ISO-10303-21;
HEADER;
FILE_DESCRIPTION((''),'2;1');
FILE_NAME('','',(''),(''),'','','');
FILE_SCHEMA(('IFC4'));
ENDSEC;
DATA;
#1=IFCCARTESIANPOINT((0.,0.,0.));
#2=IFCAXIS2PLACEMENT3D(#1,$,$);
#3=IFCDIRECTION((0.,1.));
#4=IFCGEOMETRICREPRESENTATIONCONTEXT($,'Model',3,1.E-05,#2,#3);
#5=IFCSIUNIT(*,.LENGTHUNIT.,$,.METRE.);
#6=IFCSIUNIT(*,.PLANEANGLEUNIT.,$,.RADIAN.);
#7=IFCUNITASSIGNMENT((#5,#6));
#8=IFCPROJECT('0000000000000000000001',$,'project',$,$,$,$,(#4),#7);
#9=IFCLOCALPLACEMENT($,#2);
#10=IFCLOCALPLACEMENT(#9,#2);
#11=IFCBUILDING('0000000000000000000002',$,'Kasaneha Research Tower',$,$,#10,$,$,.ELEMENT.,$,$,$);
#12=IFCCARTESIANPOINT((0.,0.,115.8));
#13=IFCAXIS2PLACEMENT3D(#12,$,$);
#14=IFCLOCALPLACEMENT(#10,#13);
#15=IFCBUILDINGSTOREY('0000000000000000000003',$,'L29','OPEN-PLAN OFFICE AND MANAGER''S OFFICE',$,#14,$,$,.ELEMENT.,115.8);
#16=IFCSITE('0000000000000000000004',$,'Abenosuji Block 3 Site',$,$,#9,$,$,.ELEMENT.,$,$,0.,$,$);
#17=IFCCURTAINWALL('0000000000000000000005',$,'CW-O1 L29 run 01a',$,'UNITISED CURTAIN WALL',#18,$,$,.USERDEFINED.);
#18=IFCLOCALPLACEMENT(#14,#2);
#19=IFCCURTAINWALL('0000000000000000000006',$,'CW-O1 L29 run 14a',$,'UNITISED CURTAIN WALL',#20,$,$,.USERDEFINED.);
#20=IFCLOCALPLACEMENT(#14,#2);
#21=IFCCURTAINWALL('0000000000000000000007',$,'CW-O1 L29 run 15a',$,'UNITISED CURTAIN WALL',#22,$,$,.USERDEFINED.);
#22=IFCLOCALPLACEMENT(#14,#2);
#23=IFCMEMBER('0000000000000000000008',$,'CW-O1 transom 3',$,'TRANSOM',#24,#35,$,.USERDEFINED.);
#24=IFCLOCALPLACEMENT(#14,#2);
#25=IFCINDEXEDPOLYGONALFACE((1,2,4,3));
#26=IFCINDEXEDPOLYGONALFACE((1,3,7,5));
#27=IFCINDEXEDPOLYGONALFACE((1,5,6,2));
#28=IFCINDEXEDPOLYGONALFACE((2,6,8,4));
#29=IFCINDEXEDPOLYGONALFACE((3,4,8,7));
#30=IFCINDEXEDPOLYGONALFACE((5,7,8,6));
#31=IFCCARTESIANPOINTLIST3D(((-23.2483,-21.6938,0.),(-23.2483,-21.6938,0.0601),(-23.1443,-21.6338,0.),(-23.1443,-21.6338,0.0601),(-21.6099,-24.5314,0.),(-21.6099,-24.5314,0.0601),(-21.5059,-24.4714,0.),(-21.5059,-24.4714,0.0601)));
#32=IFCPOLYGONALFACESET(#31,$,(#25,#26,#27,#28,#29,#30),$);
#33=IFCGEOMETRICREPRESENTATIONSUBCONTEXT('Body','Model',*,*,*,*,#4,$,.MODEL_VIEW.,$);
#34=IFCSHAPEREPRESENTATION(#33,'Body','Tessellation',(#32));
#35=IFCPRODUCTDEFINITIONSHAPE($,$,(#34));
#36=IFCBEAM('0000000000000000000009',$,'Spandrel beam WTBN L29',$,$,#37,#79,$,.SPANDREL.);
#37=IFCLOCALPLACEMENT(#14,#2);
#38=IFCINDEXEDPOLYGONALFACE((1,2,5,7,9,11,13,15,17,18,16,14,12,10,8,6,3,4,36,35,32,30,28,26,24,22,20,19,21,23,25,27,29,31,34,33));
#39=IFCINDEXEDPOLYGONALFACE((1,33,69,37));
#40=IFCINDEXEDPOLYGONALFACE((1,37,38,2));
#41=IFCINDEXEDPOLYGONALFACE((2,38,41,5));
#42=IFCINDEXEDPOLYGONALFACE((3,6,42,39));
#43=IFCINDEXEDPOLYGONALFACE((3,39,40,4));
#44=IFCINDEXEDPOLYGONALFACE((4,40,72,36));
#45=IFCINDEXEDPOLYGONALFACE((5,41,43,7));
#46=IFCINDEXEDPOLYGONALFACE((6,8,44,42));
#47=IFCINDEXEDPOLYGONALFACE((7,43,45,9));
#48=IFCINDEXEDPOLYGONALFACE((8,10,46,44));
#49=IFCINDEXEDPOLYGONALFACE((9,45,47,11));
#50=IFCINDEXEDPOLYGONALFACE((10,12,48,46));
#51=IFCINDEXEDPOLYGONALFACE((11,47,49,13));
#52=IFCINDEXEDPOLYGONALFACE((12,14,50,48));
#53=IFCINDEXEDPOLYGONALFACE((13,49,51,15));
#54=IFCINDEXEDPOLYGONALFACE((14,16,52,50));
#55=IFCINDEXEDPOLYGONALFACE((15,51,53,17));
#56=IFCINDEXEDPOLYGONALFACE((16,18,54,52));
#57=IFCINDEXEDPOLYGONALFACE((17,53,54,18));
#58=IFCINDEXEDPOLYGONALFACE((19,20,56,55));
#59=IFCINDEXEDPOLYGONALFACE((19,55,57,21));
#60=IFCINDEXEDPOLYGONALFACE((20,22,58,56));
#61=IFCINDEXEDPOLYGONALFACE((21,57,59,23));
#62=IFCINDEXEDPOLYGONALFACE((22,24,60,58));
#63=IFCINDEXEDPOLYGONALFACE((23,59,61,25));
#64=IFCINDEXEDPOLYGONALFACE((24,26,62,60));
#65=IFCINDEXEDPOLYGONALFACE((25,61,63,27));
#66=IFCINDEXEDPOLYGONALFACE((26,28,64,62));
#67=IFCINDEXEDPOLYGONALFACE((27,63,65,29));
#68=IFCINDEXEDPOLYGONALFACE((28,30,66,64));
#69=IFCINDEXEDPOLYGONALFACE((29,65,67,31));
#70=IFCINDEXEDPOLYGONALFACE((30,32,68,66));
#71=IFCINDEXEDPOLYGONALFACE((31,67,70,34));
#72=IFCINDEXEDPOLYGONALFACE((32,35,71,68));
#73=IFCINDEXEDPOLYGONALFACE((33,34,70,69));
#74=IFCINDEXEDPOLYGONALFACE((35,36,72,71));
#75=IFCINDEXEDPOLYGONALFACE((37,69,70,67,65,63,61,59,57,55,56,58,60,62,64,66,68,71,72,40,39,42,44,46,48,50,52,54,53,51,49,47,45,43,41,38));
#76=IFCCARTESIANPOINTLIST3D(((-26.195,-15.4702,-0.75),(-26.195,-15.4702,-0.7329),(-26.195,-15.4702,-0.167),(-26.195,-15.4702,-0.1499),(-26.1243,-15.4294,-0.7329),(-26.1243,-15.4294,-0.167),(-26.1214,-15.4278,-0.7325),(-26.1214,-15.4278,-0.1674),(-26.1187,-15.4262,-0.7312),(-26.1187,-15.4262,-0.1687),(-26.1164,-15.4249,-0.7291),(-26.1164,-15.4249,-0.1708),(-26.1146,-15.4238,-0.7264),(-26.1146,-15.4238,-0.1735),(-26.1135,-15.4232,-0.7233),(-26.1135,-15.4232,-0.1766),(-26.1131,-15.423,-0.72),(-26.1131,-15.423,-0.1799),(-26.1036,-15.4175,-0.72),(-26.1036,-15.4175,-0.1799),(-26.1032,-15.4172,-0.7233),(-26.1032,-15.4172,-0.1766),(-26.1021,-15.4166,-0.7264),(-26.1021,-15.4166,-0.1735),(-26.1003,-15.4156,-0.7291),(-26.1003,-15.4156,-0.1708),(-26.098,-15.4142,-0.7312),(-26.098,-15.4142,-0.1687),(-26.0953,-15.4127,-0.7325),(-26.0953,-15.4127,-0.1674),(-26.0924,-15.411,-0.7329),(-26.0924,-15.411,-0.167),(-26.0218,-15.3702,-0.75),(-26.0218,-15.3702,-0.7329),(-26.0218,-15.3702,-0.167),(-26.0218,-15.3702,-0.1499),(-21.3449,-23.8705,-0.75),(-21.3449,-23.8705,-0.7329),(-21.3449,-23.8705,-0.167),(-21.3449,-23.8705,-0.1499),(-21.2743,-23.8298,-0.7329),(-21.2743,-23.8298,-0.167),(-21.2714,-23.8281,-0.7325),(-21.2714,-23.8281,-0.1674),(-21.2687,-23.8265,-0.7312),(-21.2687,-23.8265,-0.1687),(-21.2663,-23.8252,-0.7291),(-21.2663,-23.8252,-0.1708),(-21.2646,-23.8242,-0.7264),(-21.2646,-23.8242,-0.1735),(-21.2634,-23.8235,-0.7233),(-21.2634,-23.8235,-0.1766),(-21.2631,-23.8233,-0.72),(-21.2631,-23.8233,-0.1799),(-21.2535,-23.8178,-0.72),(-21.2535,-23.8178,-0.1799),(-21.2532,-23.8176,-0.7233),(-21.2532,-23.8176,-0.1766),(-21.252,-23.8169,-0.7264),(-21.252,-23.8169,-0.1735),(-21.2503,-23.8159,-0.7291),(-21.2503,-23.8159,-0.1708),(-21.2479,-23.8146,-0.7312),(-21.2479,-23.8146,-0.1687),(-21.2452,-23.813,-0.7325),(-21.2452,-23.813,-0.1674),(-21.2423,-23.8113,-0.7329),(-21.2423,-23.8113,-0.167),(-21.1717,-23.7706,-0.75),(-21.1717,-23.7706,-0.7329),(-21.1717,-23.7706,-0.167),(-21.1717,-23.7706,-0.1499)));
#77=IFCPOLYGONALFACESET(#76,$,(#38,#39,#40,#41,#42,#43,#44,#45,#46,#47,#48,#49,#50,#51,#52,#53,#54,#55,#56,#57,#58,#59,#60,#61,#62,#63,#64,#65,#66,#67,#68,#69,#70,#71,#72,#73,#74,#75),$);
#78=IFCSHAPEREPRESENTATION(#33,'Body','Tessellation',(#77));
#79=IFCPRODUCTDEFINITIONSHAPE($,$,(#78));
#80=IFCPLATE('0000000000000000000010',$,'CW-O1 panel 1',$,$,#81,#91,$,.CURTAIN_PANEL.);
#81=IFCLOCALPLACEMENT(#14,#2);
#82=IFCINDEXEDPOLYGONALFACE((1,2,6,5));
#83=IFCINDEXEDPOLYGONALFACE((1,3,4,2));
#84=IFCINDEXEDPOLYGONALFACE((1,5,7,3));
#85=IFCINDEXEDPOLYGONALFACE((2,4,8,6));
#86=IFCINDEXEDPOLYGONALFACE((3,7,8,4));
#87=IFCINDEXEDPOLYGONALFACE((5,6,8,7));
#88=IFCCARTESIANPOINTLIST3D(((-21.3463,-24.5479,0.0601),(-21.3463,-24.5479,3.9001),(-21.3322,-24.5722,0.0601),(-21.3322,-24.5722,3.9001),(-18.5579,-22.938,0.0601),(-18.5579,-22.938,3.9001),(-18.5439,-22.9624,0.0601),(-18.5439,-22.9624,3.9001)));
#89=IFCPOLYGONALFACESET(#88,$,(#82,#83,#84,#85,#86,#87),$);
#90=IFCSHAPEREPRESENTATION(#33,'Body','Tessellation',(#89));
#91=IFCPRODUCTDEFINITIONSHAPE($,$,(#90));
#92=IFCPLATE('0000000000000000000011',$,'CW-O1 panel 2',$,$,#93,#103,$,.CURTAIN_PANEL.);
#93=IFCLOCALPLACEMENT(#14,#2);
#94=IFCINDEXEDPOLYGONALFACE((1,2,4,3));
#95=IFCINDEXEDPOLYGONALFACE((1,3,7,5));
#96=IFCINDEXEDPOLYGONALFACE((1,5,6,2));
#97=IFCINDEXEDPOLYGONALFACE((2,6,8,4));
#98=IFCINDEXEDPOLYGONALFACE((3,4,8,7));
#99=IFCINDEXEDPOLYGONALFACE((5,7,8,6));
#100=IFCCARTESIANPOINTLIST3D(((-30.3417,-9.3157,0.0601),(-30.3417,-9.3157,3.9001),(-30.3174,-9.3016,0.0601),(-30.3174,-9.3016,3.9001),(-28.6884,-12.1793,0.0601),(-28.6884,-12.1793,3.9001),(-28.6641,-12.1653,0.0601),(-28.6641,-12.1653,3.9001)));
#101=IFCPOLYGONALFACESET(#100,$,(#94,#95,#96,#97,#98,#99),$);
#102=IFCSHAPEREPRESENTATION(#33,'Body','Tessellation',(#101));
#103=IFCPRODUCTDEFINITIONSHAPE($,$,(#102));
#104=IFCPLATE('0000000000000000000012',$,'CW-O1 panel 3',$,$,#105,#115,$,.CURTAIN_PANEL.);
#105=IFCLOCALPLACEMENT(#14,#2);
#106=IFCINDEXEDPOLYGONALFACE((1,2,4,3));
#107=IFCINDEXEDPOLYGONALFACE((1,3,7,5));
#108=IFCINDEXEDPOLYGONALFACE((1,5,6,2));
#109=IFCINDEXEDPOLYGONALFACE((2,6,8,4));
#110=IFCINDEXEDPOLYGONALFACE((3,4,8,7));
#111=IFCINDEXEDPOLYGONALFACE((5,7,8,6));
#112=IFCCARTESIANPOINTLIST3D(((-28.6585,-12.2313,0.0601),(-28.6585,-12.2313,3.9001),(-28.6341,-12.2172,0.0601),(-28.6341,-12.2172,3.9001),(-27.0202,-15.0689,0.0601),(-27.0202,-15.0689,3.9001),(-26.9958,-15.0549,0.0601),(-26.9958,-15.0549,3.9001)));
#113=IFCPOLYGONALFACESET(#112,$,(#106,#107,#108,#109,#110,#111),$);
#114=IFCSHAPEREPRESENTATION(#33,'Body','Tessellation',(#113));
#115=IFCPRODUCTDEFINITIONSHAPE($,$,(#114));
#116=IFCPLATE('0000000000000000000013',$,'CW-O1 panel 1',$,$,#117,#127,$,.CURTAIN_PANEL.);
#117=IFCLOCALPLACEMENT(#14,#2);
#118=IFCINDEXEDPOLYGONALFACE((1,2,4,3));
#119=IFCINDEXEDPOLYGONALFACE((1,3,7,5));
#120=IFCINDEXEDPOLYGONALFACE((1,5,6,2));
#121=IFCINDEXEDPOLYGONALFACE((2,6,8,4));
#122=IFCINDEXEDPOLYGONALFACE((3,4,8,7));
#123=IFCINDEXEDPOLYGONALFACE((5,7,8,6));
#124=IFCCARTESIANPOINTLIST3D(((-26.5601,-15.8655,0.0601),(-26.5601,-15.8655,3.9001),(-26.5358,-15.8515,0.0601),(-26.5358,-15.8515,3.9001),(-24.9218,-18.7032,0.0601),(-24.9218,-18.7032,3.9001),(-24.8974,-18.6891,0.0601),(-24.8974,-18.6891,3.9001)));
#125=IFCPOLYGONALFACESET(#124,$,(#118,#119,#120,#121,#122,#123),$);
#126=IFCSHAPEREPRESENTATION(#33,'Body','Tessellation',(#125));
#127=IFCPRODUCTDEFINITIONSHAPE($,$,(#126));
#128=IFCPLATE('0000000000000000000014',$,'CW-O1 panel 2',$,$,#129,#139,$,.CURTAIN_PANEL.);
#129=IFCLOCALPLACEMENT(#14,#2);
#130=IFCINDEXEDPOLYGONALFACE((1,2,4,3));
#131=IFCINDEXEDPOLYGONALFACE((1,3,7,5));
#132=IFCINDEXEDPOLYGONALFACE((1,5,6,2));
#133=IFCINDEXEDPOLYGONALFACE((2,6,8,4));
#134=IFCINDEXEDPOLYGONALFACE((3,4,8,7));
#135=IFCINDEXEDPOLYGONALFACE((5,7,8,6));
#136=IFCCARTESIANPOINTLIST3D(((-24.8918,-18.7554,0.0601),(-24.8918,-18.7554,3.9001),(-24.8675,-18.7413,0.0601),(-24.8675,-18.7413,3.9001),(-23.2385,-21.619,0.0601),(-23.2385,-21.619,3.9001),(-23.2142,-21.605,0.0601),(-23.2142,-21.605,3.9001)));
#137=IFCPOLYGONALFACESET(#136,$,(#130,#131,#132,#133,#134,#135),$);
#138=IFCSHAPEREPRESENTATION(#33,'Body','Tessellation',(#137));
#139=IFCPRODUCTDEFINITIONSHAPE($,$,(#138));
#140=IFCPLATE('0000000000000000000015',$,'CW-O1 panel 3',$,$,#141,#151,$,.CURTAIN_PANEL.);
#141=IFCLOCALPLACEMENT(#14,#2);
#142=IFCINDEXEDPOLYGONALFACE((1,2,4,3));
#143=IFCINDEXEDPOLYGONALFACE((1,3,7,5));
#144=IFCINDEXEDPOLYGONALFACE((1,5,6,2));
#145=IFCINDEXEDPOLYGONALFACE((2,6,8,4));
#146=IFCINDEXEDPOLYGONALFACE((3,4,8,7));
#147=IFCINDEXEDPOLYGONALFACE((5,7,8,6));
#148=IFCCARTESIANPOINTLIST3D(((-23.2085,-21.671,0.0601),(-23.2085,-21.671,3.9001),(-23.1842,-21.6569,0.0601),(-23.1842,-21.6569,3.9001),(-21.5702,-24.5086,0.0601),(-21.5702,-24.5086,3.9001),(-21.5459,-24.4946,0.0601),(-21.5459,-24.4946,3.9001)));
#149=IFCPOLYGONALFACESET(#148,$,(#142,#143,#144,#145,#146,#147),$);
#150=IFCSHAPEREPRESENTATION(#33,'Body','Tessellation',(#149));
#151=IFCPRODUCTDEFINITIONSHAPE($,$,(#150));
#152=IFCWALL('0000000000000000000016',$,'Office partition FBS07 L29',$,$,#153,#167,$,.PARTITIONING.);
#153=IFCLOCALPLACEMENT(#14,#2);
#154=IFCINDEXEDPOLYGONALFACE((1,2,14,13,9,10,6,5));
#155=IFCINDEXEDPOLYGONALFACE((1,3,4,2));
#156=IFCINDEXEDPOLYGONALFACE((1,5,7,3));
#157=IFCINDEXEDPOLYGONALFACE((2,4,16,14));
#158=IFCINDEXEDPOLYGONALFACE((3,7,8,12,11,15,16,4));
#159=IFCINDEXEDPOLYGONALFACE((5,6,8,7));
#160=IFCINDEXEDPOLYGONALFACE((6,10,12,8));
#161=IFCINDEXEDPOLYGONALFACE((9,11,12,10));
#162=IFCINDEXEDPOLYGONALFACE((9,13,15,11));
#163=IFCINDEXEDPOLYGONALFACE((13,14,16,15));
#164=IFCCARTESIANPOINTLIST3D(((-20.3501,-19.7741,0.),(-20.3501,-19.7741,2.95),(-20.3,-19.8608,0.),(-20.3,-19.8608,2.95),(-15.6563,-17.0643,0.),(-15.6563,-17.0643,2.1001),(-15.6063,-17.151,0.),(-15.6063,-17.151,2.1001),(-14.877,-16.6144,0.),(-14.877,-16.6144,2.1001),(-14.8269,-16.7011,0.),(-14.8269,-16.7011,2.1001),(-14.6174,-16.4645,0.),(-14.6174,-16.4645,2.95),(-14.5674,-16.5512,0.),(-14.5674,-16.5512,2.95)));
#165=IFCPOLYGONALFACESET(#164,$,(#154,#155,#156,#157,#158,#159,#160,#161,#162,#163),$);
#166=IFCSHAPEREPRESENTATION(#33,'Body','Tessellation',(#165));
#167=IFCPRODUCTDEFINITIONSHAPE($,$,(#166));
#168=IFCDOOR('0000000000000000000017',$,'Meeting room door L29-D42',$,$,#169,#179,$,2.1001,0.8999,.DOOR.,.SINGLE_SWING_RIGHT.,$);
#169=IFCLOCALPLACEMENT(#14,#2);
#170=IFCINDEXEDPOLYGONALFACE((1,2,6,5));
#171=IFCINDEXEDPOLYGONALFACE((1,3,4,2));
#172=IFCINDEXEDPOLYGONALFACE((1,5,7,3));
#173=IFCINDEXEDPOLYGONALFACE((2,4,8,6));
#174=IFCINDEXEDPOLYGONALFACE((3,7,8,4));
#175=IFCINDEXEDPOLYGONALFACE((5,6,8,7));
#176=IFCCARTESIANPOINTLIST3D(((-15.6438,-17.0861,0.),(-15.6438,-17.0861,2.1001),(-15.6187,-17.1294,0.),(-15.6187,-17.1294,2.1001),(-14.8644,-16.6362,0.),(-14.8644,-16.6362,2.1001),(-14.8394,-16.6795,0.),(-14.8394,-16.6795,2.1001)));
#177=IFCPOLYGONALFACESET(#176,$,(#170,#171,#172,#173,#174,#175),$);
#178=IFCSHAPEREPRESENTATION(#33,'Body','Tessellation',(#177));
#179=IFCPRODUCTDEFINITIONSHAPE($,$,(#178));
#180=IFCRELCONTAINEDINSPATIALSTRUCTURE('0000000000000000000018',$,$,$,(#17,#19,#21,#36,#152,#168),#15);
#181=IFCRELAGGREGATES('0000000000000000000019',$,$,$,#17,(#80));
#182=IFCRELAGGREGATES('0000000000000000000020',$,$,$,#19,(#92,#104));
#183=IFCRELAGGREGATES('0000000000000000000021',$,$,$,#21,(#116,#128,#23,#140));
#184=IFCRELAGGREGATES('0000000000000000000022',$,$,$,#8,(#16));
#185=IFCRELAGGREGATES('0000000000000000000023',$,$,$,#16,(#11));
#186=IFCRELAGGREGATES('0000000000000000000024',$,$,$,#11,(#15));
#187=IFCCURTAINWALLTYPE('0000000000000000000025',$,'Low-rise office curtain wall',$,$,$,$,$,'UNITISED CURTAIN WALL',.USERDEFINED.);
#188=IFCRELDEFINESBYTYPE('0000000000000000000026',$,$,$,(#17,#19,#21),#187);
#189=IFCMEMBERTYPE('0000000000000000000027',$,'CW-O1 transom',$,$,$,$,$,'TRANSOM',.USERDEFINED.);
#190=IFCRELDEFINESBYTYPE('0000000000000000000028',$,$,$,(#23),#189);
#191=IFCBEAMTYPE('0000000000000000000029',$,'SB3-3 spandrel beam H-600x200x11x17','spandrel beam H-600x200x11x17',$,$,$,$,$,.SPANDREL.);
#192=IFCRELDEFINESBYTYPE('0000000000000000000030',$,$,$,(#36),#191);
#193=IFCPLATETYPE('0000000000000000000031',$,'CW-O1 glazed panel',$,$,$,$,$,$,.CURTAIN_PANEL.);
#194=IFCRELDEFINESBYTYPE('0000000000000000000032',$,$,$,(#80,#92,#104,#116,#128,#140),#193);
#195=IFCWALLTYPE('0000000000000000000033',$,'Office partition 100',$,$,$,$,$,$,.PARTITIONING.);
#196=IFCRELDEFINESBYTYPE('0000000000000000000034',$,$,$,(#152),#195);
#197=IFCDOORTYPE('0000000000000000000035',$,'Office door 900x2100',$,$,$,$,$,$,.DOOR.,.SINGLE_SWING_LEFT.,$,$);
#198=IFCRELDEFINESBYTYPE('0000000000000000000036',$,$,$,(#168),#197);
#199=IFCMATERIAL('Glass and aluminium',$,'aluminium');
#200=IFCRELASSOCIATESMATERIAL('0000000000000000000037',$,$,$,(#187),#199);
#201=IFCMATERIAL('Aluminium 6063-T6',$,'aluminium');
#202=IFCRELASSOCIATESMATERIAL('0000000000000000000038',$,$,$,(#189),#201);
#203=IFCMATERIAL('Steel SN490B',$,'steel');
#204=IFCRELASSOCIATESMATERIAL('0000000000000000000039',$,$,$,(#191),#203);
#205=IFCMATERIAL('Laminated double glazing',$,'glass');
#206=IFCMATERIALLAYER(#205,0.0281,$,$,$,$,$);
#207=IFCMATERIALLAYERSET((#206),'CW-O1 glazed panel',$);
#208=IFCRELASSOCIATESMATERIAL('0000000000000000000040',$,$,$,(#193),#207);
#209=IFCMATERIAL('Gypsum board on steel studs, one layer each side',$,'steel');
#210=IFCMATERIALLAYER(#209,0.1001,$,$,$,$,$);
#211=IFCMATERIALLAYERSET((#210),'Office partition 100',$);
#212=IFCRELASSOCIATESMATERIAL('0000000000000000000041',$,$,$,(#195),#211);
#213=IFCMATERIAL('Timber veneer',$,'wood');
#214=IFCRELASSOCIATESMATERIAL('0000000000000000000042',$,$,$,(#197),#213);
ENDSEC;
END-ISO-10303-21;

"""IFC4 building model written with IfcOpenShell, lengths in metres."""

from ifc_helpers import new_model, si_unit, direction, frame, frame_2d, origin, origin_2d, place, context, subcontext, project, spatial, rectangle, i_section, extrude, material, layer, layer_set, material_profile, profile_set, type_object, element, fill, aggregate, save


model = new_model("IFC4")

# Units and contexts
model_context = context("Model", 3, precision=1e-05, world=origin(), true_north=direction((0.0, 1.0)))
body_context = subcontext(model_context, "Body", "Model", "MODEL_VIEW")
ifc_project = project(units=[si_unit("LENGTHUNIT", "METRE"), si_unit("PLANEANGLEUNIT", "RADIAN")], contexts=[model_context])

# Site, building, storey
site_placement = place(None, origin())
site = spatial("IfcSite", under=ifc_project, at=site_placement, Name="Abenosuji Block 3 Site", CompositionType="ELEMENT", RefElevation=0.0)
building_placement = place(site_placement, origin())
building = spatial("IfcBuilding", under=site, at=building_placement, Name="Kasaneha Research Tower", CompositionType="ELEMENT")
storey_placement = place(building_placement, frame((0.0, 0.0, 115.8)))
storey = spatial("IfcBuildingStorey", under=building, at=storey_placement, Name="L29", Description="OPEN-PLAN OFFICE AND MANAGER'S OFFICE", CompositionType="ELEMENT", Elevation=115.8)

# Curtain wall
ifc_material_1 = material(Name="Glass and aluminium", Category="aluminium")
curtain_wall_type = type_object("IfcCurtainWallType", Name="Low-rise office curtain wall", ElementType="UNITISED CURTAIN WALL", PredefinedType="USERDEFINED", material=ifc_material_1)
curtain_wall_1_placement = place(storey_placement, origin())
curtain_wall_1 = element("IfcCurtainWall", 1, at=curtain_wall_1_placement, inside=storey, type_object=curtain_wall_type, Name="CW-O1 L29 run 01a", ObjectType="UNITISED CURTAIN WALL", PredefinedType="USERDEFINED")

# Curtain walls
curtain_wall_2_placement = place(storey_placement, origin())
curtain_wall_2 = element("IfcCurtainWall", 2, at=curtain_wall_2_placement, inside=storey, type_object=curtain_wall_type, Name="CW-O1 L29 run 14a", ObjectType="UNITISED CURTAIN WALL", PredefinedType="USERDEFINED")
curtain_wall_3_placement = place(storey_placement, origin())
curtain_wall_3 = element("IfcCurtainWall", 3, at=curtain_wall_3_placement, inside=storey, type_object=curtain_wall_type, Name="CW-O1 L29 run 15a", ObjectType="UNITISED CURTAIN WALL", PredefinedType="USERDEFINED")

# Member
ifc_material_2 = material(Name="Aluminium 6063-T6", Category="aluminium")
ifc_material_profile_1 = material_profile(ifc_material_2, rectangle(XDim=0.1201, YDim=0.0601, at=origin_2d()), Name="CW-O1 transom 120x60")
ifc_profile_set_1 = profile_set([ifc_material_profile_1], Name="Aluminium 6063-T6")
member_type_1 = type_object("IfcMemberType", Name="CW-O1 transom", ElementType="TRANSOM", PredefinedType="USERDEFINED", material=ifc_profile_set_1)
member_1_placement = place(storey_placement, frame((-23.1963, -21.6638, 0.03), z_axis=(0.500026, -0.866011, 0.0), x_axis=(0.866011, 0.500026, 0.0)))
member_1 = element("IfcMember", 4, at=member_1_placement, type_object=member_type_1, Name="CW-O1 transom 3", ObjectType="TRANSOM", PredefinedType="USERDEFINED", context=body_context, shape_type="SweptSolid", body=[
    extrude(rectangle(XDim=0.1201, YDim=0.0601, at=origin_2d()), origin(), (0.0, 0.0, 1.0), 3.2766),
])

# Beam
ifc_material_3 = material(Name="Steel SN490B", Category="steel")
ifc_material_profile_2 = material_profile(ifc_material_3, i_section(OverallWidth=0.2, OverallDepth=0.6001, WebThickness=0.011, FlangeThickness=0.0171, FilletRadius=0.0129, at=origin_2d()), Name="H-600x200x11x17")
ifc_profile_set_2 = profile_set([ifc_material_profile_2], Name="Steel SN490B")
beam_type = type_object("IfcBeamType", Name="SB3-3 spandrel beam H-600x200x11x17", Description="spandrel beam H-600x200x11x17", PredefinedType="SPANDREL", material=ifc_profile_set_2)
beam_placement = place(storey_placement, frame((-21.2583, -23.8206, -0.45), z_axis=(-0.50001, 0.86602, 0.0), x_axis=(-0.86602, -0.50001, 0.0)))
element("IfcBeam", 5, at=beam_placement, inside=storey, type_object=beam_type, Name="Spandrel beam WTBN L29", PredefinedType="SPANDREL", context=body_context, shape_type="SweptSolid", body=[
    extrude(i_section(OverallWidth=0.2, OverallDepth=0.6001, WebThickness=0.011, FlangeThickness=0.0171, FilletRadius=0.0129, at=origin_2d()), origin(), (0.0, 0.0, 1.0), 9.7),
])

# Plates
ifc_material_4 = material(Name="Laminated double glazing", Category="glass")
ifc_layer_1 = layer(ifc_material_4, 0.0281)
ifc_layer_set_1 = layer_set([ifc_layer_1], Name="CW-O1 glazed panel")
plate_type = type_object("IfcPlateType", Name="CW-O1 glazed panel", PredefinedType="CURTAIN_PANEL", material=ifc_layer_set_1)
plate_1_placement = place(storey_placement, frame((-19.9451, -23.7551, 0.0601), z_axis=(0.0, 0.0, 1.0), x_axis=(0.866025, 0.5, 0.0)))
plate_1 = element("IfcPlate", 6, at=plate_1_placement, type_object=plate_type, Name="CW-O1 panel 1", PredefinedType="CURTAIN_PANEL", context=body_context, shape_type="SweptSolid", body=[
    extrude(rectangle(XDim=3.2197, YDim=0.0281, at=origin_2d()), origin(), (0.0, 0.0, 1.0), 3.8401),
])
aggregate(curtain_wall_1, [plate_1])
plate_2_placement = place(storey_placement, frame((-29.5029, -10.7405, 0.0601), z_axis=(0.0, 0.0, 1.0), x_axis=(0.5, -0.866025, 0.0)))
plate_2 = element("IfcPlate", 7, at=plate_2_placement, type_object=plate_type, Name="CW-O1 panel 2", PredefinedType="CURTAIN_PANEL", context=body_context, shape_type="SweptSolid", body=[
    extrude(rectangle(XDim=3.3066, YDim=0.0281, at=origin_2d()), origin(), (0.0, 0.0, 1.0), 3.8401),
])
plate_3_placement = place(storey_placement, frame((-27.8271, -13.6431, 0.0601), z_axis=(0.0, 0.0, 1.0), x_axis=(0.5, -0.866025, 0.0)))
plate_3 = element("IfcPlate", 8, at=plate_3_placement, type_object=plate_type, Name="CW-O1 panel 3", PredefinedType="CURTAIN_PANEL", context=body_context, shape_type="SweptSolid", body=[
    extrude(rectangle(XDim=3.2766, YDim=0.0281, at=origin_2d()), origin(), (0.0, 0.0, 1.0), 3.8401),
])
aggregate(curtain_wall_2, [plate_2, plate_3])
plate_4_placement = place(storey_placement, frame((-25.7288, -17.2773, 0.0601), z_axis=(0.0, 0.0, 1.0), x_axis=(0.5, -0.866025, 0.0)))
plate_4 = element("IfcPlate", 9, at=plate_4_placement, type_object=plate_type, Name="CW-O1 panel 1", PredefinedType="CURTAIN_PANEL", context=body_context, shape_type="SweptSolid", body=[
    extrude(rectangle(XDim=3.2766, YDim=0.0281, at=origin_2d()), origin(), (0.0, 0.0, 1.0), 3.8401),
])
plate_5_placement = place(storey_placement, frame((-24.053, -20.1802, 0.0601), z_axis=(0.0, 0.0, 1.0), x_axis=(0.5, -0.866025, 0.0)))
plate_5 = element("IfcPlate", 10, at=plate_5_placement, type_object=plate_type, Name="CW-O1 panel 2", PredefinedType="CURTAIN_PANEL", context=body_context, shape_type="SweptSolid", body=[
    extrude(rectangle(XDim=3.3066, YDim=0.0281, at=origin_2d()), origin(), (0.0, 0.0, 1.0), 3.8401),
])
plate_6_placement = place(storey_placement, frame((-22.3772, -23.0828, 0.0601), z_axis=(0.0, 0.0, 1.0), x_axis=(0.5, -0.866025, 0.0)))
plate_6 = element("IfcPlate", 11, at=plate_6_placement, type_object=plate_type, Name="CW-O1 panel 3", PredefinedType="CURTAIN_PANEL", context=body_context, shape_type="SweptSolid", body=[
    extrude(rectangle(XDim=3.2766, YDim=0.0281, at=origin_2d()), origin(), (0.0, 0.0, 1.0), 3.8401),
])
aggregate(curtain_wall_3, [plate_4, plate_5, member_1, plate_6])

# Wall, opening, door
ifc_material_5 = material(Name="Gypsum board on steel studs, one layer each side", Category="steel")
ifc_layer_2 = layer(ifc_material_5, 0.1001)
ifc_layer_set_2 = layer_set([ifc_layer_2], Name="Office partition 100")
wall_type = type_object("IfcWallType", Name="Office partition 100", PredefinedType="PARTITIONING", material=ifc_layer_set_2)
wall_1_placement = place(storey_placement, frame((-20.325, -19.8174, 0.0), z_axis=(0.0, 0.0, 1.0), x_axis=(0.866038, 0.499979, 0.0)))
wall_1 = element("IfcWall", 12, at=wall_1_placement, inside=storey, type_object=wall_type, Name="Office partition FBS07 L29", PredefinedType="PARTITIONING", context=body_context, shape_type="SweptSolid", body=[
    extrude(rectangle(XDim=6.6194, YDim=0.1001, at=frame_2d((3.3096, 0.0))), origin(), (0.0, 0.0, 1.0), 2.95),
])
opening_1_placement = place(wall_1_placement, frame((5.4197, 0.0, 0.0)))
opening_1 = element("IfcOpeningElement", 13, at=opening_1_placement, cuts=wall_1, PredefinedType="OPENING", context=body_context, shape_type="SweptSolid", body=[
    extrude(rectangle(XDim=0.8999, YDim=2.1001, at=frame_2d((0.45, 1.05))), frame((0.0, 0.0601, 0.0), z_axis=(0.0, -1.0, 0.0), x_axis=(1.0, 0.0, 0.0)), (0.0, 0.0, 1.0), 0.1201),
])
ifc_material_6 = material(Name="Timber veneer", Category="wood")
door_type = type_object("IfcDoorType", Name="Office door 900x2100", OperationType="SINGLE_SWING_LEFT", PredefinedType="DOOR", material=ifc_material_6)
door_1_placement = place(opening_1_placement, origin())
door_1 = element("IfcDoor", 14, at=door_1_placement, inside=storey, type_object=door_type, Name="Meeting room door L29-D42", OperationType="SINGLE_SWING_RIGHT", OverallHeight=2.1001, OverallWidth=0.8999, PredefinedType="DOOR", context=body_context, shape_type="SweptSolid", body=[
    extrude(rectangle(XDim=0.8999, YDim=2.1001, at=frame_2d((0.45, 1.05))), frame((0.0, 0.0249, 0.0), z_axis=(0.0, -1.0, 0.0), x_axis=(1.0, 0.0, 0.0)), (0.0, 0.0, 1.0), 0.05),
])
fill(opening_1, door_1)

save(model, "model.ifc")
